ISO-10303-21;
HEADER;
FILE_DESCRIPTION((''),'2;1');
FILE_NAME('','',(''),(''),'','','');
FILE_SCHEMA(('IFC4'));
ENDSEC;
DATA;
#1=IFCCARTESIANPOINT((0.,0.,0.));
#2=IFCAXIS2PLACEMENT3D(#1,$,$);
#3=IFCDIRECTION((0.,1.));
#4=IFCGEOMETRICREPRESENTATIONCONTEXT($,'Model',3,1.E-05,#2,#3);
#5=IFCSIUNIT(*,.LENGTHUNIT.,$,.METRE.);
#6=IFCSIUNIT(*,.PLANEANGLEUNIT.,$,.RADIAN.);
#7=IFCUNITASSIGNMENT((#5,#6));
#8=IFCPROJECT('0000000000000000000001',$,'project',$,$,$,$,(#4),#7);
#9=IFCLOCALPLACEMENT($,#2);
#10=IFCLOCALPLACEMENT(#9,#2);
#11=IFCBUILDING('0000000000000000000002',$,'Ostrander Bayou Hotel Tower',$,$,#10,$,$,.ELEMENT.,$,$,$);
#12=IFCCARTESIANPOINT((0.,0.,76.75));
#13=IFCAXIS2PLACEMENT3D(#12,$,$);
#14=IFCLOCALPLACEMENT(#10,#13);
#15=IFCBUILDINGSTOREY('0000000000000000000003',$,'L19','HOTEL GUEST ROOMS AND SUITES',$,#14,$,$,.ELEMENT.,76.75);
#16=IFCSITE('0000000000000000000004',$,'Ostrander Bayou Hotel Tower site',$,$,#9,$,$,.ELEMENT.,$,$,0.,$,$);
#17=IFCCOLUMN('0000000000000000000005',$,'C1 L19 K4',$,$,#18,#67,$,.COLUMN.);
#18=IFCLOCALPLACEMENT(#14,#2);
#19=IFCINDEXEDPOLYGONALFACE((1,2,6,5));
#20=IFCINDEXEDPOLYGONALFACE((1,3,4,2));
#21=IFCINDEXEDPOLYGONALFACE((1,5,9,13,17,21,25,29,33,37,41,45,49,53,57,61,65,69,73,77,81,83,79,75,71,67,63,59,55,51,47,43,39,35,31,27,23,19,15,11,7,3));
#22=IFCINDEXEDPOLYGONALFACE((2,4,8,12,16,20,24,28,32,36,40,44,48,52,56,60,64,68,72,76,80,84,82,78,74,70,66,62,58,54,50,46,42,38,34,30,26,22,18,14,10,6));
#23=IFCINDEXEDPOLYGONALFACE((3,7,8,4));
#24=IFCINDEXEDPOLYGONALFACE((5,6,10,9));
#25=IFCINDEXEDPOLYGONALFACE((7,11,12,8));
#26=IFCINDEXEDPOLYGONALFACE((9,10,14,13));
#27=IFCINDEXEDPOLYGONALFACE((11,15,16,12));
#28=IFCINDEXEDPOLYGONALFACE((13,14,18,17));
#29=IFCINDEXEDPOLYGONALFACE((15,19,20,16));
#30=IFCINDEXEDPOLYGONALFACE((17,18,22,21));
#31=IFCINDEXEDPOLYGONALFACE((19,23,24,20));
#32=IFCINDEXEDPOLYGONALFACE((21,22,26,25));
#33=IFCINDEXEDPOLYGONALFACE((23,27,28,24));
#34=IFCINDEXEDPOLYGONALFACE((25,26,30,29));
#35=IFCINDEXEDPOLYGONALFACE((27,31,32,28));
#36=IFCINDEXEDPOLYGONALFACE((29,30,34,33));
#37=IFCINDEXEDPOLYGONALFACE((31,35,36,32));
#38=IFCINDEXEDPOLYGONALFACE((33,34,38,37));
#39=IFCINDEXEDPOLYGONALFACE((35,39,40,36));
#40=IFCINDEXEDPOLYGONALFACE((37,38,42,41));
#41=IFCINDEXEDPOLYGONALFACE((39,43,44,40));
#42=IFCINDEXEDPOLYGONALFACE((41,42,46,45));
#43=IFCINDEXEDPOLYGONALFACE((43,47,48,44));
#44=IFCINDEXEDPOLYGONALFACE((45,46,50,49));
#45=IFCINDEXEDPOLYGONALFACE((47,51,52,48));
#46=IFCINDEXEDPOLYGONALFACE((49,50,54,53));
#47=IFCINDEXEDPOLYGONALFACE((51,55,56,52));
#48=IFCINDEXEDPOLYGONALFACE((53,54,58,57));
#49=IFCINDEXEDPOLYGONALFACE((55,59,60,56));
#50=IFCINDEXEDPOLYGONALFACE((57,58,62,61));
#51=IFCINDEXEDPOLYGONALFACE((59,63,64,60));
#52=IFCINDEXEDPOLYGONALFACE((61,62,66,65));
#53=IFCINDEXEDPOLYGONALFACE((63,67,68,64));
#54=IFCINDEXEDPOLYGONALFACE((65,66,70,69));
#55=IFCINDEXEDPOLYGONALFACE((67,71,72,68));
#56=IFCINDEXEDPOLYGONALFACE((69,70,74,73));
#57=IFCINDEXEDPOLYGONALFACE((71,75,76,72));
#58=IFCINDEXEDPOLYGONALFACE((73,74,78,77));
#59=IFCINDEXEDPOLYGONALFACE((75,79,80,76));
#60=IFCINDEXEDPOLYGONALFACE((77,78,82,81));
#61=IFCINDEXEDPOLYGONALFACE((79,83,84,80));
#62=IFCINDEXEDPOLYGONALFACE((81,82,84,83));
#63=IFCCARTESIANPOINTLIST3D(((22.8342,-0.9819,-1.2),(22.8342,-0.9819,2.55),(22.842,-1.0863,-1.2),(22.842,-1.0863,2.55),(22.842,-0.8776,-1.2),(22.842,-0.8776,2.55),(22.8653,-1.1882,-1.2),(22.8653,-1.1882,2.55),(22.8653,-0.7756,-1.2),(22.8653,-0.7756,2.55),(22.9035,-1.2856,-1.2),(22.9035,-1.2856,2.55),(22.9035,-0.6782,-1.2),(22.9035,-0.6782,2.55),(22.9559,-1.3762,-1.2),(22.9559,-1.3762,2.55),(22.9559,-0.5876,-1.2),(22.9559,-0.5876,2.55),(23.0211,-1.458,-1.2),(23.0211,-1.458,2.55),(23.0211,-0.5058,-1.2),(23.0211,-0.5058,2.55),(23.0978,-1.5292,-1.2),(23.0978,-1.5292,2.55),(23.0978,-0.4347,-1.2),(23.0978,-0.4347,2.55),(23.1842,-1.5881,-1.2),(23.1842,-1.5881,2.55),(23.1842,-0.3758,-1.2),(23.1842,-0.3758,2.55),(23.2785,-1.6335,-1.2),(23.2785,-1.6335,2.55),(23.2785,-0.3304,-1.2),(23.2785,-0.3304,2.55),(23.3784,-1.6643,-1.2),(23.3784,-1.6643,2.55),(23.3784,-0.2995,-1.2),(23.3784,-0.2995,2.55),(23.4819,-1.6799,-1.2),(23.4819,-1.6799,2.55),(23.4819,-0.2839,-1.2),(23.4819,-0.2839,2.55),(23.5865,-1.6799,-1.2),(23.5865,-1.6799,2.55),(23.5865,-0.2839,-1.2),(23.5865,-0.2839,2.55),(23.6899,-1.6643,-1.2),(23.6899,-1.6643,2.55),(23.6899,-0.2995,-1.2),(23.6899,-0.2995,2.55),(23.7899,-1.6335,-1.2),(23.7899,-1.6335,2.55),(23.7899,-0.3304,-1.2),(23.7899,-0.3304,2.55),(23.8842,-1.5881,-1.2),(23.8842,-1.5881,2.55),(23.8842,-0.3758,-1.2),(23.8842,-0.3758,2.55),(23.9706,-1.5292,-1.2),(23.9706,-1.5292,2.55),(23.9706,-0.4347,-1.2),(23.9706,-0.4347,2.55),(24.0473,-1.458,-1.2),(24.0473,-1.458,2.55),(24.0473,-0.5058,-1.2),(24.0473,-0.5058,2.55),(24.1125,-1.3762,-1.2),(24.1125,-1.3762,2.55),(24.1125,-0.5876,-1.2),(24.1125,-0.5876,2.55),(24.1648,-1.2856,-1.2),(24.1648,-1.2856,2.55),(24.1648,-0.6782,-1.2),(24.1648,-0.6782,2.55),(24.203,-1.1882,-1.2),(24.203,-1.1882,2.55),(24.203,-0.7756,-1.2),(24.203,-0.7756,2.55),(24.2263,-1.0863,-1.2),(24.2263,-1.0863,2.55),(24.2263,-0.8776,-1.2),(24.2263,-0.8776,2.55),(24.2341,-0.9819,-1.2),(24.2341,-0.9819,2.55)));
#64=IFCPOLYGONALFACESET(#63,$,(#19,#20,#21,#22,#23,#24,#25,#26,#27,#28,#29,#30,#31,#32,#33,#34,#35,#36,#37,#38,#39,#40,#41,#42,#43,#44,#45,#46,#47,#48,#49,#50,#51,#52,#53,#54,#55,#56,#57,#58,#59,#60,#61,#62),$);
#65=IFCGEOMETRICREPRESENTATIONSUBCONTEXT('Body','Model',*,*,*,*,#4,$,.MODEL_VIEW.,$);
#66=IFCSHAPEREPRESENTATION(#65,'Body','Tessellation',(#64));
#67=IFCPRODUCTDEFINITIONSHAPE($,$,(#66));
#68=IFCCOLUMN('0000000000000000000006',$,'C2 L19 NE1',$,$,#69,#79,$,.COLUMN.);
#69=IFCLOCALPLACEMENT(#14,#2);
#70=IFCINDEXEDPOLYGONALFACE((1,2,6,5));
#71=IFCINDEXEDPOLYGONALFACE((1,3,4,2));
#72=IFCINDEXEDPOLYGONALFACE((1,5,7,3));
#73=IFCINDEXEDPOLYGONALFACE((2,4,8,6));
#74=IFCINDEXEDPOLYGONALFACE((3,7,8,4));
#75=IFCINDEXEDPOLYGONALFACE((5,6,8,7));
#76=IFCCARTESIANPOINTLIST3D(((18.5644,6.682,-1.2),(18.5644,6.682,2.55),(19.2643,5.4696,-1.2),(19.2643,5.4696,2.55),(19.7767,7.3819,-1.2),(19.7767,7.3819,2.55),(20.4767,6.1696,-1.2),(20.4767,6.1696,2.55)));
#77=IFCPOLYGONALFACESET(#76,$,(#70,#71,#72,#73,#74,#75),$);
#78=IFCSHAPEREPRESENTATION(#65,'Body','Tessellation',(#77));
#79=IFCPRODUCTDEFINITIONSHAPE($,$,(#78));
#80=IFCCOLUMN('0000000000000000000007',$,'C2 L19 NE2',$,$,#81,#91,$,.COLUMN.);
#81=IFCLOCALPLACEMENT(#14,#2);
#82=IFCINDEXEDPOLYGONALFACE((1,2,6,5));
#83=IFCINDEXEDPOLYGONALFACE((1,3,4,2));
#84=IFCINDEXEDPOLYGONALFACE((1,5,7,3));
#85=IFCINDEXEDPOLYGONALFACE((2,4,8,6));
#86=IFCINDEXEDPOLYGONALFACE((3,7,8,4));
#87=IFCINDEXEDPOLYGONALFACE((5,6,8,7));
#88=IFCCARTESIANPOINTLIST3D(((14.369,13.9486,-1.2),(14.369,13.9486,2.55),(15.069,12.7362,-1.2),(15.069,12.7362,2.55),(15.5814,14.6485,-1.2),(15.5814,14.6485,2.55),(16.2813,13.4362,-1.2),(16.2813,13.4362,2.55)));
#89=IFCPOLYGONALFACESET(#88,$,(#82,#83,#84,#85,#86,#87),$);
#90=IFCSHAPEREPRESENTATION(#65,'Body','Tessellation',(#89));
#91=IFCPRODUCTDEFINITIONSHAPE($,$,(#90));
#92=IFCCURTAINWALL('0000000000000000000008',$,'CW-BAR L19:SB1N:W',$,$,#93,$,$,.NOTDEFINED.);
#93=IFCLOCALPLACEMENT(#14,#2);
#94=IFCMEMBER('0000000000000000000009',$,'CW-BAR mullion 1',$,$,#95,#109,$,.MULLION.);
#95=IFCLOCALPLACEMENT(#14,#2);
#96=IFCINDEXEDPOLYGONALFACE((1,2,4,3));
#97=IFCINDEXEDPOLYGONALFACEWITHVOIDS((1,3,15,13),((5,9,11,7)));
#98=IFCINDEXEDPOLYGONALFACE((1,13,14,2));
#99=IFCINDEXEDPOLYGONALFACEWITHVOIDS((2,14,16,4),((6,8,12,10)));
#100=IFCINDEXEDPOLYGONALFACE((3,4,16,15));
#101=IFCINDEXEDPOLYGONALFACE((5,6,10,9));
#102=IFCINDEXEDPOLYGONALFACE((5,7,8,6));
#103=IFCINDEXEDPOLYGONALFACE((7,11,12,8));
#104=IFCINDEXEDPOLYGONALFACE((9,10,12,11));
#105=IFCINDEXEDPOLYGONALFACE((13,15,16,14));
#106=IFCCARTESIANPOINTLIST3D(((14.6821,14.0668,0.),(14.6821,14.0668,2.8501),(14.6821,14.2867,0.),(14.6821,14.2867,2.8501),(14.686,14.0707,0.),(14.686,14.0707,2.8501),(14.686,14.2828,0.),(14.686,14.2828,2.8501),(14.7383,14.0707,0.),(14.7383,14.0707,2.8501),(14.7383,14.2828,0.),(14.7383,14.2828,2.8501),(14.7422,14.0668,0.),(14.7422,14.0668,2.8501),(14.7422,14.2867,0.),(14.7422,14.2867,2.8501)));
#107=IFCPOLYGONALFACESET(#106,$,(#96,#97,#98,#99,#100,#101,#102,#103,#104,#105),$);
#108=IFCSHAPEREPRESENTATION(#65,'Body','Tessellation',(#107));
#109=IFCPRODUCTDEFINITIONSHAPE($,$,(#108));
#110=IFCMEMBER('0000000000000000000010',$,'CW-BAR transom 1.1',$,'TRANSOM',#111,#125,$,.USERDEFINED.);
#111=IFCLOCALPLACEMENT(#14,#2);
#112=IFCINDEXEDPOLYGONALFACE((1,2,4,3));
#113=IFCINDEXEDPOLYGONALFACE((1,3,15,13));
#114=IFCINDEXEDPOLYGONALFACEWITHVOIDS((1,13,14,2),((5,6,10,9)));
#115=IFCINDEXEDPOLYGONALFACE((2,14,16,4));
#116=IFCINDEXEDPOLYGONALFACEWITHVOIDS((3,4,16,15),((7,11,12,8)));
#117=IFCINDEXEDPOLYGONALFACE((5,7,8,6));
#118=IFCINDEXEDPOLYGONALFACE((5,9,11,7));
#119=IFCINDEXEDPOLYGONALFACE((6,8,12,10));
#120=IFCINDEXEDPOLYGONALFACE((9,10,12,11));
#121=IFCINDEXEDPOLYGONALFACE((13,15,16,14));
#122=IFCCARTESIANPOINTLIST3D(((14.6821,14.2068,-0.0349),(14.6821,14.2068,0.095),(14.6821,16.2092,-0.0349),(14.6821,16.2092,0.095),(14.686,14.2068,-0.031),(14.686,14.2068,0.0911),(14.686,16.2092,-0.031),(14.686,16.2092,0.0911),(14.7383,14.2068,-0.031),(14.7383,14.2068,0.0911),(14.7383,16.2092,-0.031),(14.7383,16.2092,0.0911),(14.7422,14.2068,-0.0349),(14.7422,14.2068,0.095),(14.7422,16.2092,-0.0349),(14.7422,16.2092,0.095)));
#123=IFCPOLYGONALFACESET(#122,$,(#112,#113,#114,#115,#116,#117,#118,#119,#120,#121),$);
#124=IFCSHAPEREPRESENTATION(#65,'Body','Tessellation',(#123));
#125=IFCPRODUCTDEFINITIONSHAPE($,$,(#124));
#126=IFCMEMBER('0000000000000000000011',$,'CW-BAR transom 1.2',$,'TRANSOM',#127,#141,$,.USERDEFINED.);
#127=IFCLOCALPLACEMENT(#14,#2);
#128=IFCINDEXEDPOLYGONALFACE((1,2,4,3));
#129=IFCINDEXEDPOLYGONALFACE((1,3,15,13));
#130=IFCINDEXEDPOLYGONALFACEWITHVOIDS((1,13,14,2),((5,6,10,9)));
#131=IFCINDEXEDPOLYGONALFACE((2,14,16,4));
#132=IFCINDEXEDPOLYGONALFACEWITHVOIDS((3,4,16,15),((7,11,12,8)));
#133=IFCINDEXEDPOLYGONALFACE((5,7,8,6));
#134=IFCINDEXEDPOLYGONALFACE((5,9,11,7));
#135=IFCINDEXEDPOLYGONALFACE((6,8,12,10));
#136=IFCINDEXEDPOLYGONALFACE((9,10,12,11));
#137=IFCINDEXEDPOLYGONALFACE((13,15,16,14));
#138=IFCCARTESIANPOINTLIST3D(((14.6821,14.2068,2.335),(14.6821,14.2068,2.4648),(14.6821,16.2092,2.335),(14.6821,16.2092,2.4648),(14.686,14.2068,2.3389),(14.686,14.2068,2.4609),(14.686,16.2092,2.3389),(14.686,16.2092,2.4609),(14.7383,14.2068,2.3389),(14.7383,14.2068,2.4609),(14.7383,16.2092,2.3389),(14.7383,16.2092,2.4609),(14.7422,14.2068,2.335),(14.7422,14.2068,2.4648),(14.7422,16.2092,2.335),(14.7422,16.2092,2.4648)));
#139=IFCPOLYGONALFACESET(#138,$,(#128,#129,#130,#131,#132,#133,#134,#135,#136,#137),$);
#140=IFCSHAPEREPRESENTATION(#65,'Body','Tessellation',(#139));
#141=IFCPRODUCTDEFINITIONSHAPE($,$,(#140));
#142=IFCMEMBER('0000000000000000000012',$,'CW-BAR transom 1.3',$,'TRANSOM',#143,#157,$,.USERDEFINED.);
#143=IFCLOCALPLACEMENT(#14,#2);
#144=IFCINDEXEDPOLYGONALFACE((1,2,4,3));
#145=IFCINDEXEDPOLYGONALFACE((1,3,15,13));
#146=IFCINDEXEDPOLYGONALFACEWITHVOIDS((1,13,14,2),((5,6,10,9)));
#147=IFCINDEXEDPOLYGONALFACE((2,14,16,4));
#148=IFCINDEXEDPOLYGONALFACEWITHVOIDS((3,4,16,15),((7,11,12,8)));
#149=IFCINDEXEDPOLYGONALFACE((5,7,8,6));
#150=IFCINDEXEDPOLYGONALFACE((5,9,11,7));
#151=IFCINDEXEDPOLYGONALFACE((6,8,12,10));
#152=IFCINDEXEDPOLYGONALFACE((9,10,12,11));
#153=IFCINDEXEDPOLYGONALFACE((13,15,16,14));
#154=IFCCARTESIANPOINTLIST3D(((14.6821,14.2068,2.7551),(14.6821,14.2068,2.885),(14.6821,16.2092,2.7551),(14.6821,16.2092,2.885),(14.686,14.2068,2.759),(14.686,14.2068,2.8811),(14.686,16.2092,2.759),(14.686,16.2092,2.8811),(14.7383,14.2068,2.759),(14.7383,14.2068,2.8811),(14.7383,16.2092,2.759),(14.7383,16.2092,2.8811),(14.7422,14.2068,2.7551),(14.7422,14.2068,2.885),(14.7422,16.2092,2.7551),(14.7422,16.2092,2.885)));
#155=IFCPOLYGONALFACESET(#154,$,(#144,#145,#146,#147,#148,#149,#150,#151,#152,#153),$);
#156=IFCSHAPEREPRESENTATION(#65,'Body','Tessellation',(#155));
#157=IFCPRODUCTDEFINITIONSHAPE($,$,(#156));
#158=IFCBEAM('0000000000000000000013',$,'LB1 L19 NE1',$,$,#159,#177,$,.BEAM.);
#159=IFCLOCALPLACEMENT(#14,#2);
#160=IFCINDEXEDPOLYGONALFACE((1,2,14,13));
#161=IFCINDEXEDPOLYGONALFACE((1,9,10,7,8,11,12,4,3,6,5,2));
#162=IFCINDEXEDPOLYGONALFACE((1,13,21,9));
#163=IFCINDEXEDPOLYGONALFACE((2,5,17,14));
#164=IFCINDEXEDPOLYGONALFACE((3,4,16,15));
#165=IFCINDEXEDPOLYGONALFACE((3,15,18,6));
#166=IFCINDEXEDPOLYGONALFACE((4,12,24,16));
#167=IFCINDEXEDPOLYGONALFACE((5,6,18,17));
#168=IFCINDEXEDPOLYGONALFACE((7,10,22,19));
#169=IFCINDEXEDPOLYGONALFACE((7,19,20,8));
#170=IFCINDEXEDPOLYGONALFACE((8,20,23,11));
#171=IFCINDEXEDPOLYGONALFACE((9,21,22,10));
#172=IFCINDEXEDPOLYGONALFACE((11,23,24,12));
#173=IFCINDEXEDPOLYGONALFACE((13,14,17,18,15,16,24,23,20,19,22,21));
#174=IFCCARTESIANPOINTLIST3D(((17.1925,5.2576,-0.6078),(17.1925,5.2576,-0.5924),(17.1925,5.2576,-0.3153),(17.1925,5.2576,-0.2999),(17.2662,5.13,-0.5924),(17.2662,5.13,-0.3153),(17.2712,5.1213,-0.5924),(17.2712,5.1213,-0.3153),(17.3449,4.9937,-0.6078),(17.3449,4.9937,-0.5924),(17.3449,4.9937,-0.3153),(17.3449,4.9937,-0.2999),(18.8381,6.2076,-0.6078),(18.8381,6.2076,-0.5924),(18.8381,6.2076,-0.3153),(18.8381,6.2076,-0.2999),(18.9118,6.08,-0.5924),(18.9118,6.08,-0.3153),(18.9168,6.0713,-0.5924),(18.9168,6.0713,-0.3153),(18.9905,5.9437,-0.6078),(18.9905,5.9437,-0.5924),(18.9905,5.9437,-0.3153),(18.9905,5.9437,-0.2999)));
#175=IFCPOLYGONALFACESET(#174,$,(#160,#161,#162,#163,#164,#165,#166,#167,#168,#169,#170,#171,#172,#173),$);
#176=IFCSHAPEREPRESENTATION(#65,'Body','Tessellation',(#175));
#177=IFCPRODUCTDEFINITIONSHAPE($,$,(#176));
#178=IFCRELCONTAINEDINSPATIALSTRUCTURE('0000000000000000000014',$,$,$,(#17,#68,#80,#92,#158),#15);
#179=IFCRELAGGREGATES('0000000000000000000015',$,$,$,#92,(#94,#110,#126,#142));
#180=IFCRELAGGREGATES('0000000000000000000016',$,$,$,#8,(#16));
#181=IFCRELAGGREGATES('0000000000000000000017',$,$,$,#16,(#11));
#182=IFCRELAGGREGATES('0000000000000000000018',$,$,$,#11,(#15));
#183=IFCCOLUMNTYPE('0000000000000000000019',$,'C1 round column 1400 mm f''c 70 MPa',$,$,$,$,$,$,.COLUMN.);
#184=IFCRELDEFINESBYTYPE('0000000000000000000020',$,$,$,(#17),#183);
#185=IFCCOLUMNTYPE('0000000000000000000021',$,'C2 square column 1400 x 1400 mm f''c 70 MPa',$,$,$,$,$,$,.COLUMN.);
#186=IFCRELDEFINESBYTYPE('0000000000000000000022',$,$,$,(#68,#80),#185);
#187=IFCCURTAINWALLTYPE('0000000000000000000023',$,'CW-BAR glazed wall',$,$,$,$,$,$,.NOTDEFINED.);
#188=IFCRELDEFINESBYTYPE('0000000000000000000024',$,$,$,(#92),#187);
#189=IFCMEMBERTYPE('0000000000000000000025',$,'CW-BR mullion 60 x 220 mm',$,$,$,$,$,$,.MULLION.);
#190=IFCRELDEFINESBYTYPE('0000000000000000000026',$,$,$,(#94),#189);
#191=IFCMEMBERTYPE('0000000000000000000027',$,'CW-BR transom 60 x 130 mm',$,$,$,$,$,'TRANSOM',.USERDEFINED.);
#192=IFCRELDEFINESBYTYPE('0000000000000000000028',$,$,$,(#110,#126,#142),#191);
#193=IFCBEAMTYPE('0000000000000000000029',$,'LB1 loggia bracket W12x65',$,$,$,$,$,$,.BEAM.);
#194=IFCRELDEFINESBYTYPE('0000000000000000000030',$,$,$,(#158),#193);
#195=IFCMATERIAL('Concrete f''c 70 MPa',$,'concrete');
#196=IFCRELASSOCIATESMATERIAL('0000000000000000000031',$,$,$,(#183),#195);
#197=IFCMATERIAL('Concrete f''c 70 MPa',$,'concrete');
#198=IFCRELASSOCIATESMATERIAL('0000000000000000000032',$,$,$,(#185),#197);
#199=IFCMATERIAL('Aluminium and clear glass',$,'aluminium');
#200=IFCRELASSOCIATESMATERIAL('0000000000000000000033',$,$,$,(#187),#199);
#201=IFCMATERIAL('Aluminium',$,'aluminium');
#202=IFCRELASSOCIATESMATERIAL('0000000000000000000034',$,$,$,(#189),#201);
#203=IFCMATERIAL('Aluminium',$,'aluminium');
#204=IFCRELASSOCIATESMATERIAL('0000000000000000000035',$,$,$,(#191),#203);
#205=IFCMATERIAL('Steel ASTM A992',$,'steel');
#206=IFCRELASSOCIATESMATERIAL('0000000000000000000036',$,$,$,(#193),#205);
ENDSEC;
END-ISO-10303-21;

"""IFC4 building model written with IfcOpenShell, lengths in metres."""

from ifc_helpers import new_model, si_unit, direction, frame, origin, origin_2d, place, context, subcontext, project, spatial, rectangle, hollow_rectangle, circle, i_section, extrude, material, material_profile, profile_set, type_object, element, aggregate, save


model = new_model("IFC4")

# Units and contexts
model_context = context("Model", 3, precision=1e-05, world=origin(), true_north=direction((0.0, 1.0)))
body_context = subcontext(model_context, "Body", "Model", "MODEL_VIEW")
ifc_project = project(units=[si_unit("LENGTHUNIT", "METRE"), si_unit("PLANEANGLEUNIT", "RADIAN")], contexts=[model_context])

# Site, building, storey
site_placement = place(None, origin())
site = spatial("IfcSite", under=ifc_project, at=site_placement, Name="Ostrander Bayou Hotel Tower site", CompositionType="ELEMENT", RefElevation=0.0)
building_placement = place(site_placement, origin())
building = spatial("IfcBuilding", under=site, at=building_placement, Name="Ostrander Bayou Hotel Tower", CompositionType="ELEMENT")
storey_placement = place(building_placement, frame((0.0, 0.0, 76.75)))
storey = spatial("IfcBuildingStorey", under=building, at=storey_placement, Name="L19", Description="HOTEL GUEST ROOMS AND SUITES", CompositionType="ELEMENT", Elevation=76.75)

# Columns
ifc_material_1 = material(Name="Concrete f'c 70 MPa", Category="concrete")
ifc_material_profile_1 = material_profile(ifc_material_1, circle(Radius=0.7, at=origin_2d()))
ifc_profile_set_1 = profile_set([ifc_material_profile_1], Name="Concrete f'c 70 MPa")
column_type_1 = type_object("IfcColumnType", Name="C1 round column 1400 mm f'c 70 MPa", PredefinedType="COLUMN", material=ifc_profile_set_1)
column_placement = place(storey_placement, frame((23.5342, -0.9819, -1.2), z_axis=(0.0, 0.0, 1.0), x_axis=(1.0, 0.0, 0.0)))
element("IfcColumn", 1, at=column_placement, inside=storey, type_object=column_type_1, Name="C1 L19 K4", PredefinedType="COLUMN", context=body_context, shape_type="SweptSolid", body=[
    extrude(circle(Radius=0.7, at=origin_2d()), origin(), (0.0, 0.0, 1.0), 3.75),
])
ifc_material_2 = material(Name="Concrete f'c 70 MPa", Category="concrete")
ifc_material_profile_2 = material_profile(ifc_material_2, rectangle(XDim=1.3999, YDim=1.3999, at=origin_2d()))
ifc_profile_set_2 = profile_set([ifc_material_profile_2], Name="Concrete f'c 70 MPa")
column_type_2 = type_object("IfcColumnType", Name="C2 square column 1400 x 1400 mm f'c 70 MPa", PredefinedType="COLUMN", material=ifc_profile_set_2)
for number, where, z_axis, x_axis, name in (
    (2, (19.5205, 6.4258, -1.2), (0.0, 0.0, 1.0), (0.5, -0.866025, 0.0), "C2 L19 NE1"),
    (3, (15.3252, 13.6924, -1.2), (0.0, 0.0, 1.0), (0.5, -0.866025, 0.0), "C2 L19 NE2"),
):
    element("IfcColumn", number, at=place(storey_placement, frame(where, z_axis=z_axis, x_axis=x_axis)), inside=storey, type_object=column_type_2, Name=name, PredefinedType="COLUMN", context=body_context, shape_type="SweptSolid", body=[
        extrude(rectangle(XDim=1.3999, YDim=1.3999, at=origin_2d()), origin(), (0.0, 0.0, 1.0), 3.75),
    ])

# Curtain wall, members
ifc_material_3 = material(Name="Aluminium and clear glass", Category="aluminium")
curtain_wall_type = type_object("IfcCurtainWallType", Name="CW-BAR glazed wall", PredefinedType="NOTDEFINED", material=ifc_material_3)
curtain_wall_placement = place(storey_placement, origin())
curtain_wall = element("IfcCurtainWall", 4, at=curtain_wall_placement, inside=storey, type_object=curtain_wall_type, Name="CW-BAR L19:SB1N:W", PredefinedType="NOTDEFINED")
ifc_material_4 = material(Name="Aluminium", Category="aluminium")
ifc_material_profile_3 = material_profile(ifc_material_4, hollow_rectangle(XDim=0.0601, YDim=0.22, WallThickness=0.0039, at=origin_2d()))
ifc_profile_set_3 = profile_set([ifc_material_profile_3], Name="Aluminium")
member_type_1 = type_object("IfcMemberType", Name="CW-BR mullion 60 x 220 mm", PredefinedType="MULLION", material=ifc_profile_set_3)
member_1_placement = place(storey_placement, frame((14.7122, 14.1768, 0.0), z_axis=(0.0, 0.0, 1.0), x_axis=(-1.0, 0.0, 0.0)))
member_1 = element("IfcMember", 5, at=member_1_placement, type_object=member_type_1, Name="CW-BAR mullion 1", PredefinedType="MULLION", context=body_context, shape_type="SweptSolid", body=[
    extrude(hollow_rectangle(XDim=0.0601, YDim=0.22, WallThickness=0.0039, at=origin_2d()), origin(), (0.0, 0.0, 1.0), 2.8501),
])
ifc_material_5 = material(Name="Aluminium", Category="aluminium")
ifc_material_profile_4 = material_profile(ifc_material_5, hollow_rectangle(XDim=0.0601, YDim=0.1299, WallThickness=0.0039, at=origin_2d()))
ifc_profile_set_4 = profile_set([ifc_material_profile_4], Name="Aluminium")
member_type_2 = type_object("IfcMemberType", Name="CW-BR transom 60 x 130 mm", ElementType="TRANSOM", PredefinedType="USERDEFINED", material=ifc_profile_set_4)
member_2_placement = place(storey_placement, frame((14.7122, 14.2068, 0.03), z_axis=(0.0, 1.0, 0.0), x_axis=(-1.0, 0.0, 0.0)))
member_2 = element("IfcMember", 6, at=member_2_placement, type_object=member_type_2, Name="CW-BAR transom 1.1", ObjectType="TRANSOM", PredefinedType="USERDEFINED", context=body_context, shape_type="SweptSolid", body=[
    extrude(hollow_rectangle(XDim=0.0601, YDim=0.1299, WallThickness=0.0039, at=origin_2d()), origin(), (0.0, 0.0, 1.0), 2.0024),
])
member_3_placement = place(storey_placement, frame((14.7122, 14.2068, 2.3999), z_axis=(0.0, 1.0, 0.0), x_axis=(-1.0, 0.0, 0.0)))
member_3 = element("IfcMember", 7, at=member_3_placement, type_object=member_type_2, Name="CW-BAR transom 1.2", ObjectType="TRANSOM", PredefinedType="USERDEFINED", context=body_context, shape_type="SweptSolid", body=[
    extrude(hollow_rectangle(XDim=0.0601, YDim=0.1299, WallThickness=0.0039, at=origin_2d()), origin(), (0.0, 0.0, 1.0), 2.0024),
])
member_4_placement = place(storey_placement, frame((14.7122, 14.2068, 2.8201), z_axis=(0.0, 1.0, 0.0), x_axis=(-1.0, 0.0, 0.0)))
member_4 = element("IfcMember", 8, at=member_4_placement, type_object=member_type_2, Name="CW-BAR transom 1.3", ObjectType="TRANSOM", PredefinedType="USERDEFINED", context=body_context, shape_type="SweptSolid", body=[
    extrude(hollow_rectangle(XDim=0.0601, YDim=0.1299, WallThickness=0.0039, at=origin_2d()), origin(), (0.0, 0.0, 1.0), 2.0024),
])
aggregate(curtain_wall, [member_1, member_2, member_3, member_4])

# Beam
ifc_material_6 = material(Name="Steel ASTM A992", Category="steel")
ifc_material_profile_5 = material_profile(ifc_material_6, i_section(OverallWidth=0.3047, OverallDepth=0.3079, WebThickness=0.01, FlangeThickness=0.0154, at=origin_2d()))
ifc_profile_set_5 = profile_set([ifc_material_profile_5], Name="Steel ASTM A992")
beam_type_1 = type_object("IfcBeamType", Name="LB1 loggia bracket W12x65", PredefinedType="BEAM", material=ifc_profile_set_5)
for number, where, z_axis, x_axis, name in (
    (9, (18.9143, 6.0757, -0.4539), (-0.866044, -0.499967, 0.0), (0.499967, -0.866044, 0.0), "LB1 L19 NE1"),
):
    element("IfcBeam", number, at=place(storey_placement, frame(where, z_axis=z_axis, x_axis=x_axis)), inside=storey, type_object=beam_type_1, Name=name, PredefinedType="BEAM", context=body_context, shape_type="SweptSolid", body=[
        extrude(i_section(OverallWidth=0.3047, OverallDepth=0.3079, WebThickness=0.01, FlangeThickness=0.0154, at=origin_2d()), origin(), (0.0, 0.0, 1.0), 1.9001),
    ])

save(model, "model.ifc")
